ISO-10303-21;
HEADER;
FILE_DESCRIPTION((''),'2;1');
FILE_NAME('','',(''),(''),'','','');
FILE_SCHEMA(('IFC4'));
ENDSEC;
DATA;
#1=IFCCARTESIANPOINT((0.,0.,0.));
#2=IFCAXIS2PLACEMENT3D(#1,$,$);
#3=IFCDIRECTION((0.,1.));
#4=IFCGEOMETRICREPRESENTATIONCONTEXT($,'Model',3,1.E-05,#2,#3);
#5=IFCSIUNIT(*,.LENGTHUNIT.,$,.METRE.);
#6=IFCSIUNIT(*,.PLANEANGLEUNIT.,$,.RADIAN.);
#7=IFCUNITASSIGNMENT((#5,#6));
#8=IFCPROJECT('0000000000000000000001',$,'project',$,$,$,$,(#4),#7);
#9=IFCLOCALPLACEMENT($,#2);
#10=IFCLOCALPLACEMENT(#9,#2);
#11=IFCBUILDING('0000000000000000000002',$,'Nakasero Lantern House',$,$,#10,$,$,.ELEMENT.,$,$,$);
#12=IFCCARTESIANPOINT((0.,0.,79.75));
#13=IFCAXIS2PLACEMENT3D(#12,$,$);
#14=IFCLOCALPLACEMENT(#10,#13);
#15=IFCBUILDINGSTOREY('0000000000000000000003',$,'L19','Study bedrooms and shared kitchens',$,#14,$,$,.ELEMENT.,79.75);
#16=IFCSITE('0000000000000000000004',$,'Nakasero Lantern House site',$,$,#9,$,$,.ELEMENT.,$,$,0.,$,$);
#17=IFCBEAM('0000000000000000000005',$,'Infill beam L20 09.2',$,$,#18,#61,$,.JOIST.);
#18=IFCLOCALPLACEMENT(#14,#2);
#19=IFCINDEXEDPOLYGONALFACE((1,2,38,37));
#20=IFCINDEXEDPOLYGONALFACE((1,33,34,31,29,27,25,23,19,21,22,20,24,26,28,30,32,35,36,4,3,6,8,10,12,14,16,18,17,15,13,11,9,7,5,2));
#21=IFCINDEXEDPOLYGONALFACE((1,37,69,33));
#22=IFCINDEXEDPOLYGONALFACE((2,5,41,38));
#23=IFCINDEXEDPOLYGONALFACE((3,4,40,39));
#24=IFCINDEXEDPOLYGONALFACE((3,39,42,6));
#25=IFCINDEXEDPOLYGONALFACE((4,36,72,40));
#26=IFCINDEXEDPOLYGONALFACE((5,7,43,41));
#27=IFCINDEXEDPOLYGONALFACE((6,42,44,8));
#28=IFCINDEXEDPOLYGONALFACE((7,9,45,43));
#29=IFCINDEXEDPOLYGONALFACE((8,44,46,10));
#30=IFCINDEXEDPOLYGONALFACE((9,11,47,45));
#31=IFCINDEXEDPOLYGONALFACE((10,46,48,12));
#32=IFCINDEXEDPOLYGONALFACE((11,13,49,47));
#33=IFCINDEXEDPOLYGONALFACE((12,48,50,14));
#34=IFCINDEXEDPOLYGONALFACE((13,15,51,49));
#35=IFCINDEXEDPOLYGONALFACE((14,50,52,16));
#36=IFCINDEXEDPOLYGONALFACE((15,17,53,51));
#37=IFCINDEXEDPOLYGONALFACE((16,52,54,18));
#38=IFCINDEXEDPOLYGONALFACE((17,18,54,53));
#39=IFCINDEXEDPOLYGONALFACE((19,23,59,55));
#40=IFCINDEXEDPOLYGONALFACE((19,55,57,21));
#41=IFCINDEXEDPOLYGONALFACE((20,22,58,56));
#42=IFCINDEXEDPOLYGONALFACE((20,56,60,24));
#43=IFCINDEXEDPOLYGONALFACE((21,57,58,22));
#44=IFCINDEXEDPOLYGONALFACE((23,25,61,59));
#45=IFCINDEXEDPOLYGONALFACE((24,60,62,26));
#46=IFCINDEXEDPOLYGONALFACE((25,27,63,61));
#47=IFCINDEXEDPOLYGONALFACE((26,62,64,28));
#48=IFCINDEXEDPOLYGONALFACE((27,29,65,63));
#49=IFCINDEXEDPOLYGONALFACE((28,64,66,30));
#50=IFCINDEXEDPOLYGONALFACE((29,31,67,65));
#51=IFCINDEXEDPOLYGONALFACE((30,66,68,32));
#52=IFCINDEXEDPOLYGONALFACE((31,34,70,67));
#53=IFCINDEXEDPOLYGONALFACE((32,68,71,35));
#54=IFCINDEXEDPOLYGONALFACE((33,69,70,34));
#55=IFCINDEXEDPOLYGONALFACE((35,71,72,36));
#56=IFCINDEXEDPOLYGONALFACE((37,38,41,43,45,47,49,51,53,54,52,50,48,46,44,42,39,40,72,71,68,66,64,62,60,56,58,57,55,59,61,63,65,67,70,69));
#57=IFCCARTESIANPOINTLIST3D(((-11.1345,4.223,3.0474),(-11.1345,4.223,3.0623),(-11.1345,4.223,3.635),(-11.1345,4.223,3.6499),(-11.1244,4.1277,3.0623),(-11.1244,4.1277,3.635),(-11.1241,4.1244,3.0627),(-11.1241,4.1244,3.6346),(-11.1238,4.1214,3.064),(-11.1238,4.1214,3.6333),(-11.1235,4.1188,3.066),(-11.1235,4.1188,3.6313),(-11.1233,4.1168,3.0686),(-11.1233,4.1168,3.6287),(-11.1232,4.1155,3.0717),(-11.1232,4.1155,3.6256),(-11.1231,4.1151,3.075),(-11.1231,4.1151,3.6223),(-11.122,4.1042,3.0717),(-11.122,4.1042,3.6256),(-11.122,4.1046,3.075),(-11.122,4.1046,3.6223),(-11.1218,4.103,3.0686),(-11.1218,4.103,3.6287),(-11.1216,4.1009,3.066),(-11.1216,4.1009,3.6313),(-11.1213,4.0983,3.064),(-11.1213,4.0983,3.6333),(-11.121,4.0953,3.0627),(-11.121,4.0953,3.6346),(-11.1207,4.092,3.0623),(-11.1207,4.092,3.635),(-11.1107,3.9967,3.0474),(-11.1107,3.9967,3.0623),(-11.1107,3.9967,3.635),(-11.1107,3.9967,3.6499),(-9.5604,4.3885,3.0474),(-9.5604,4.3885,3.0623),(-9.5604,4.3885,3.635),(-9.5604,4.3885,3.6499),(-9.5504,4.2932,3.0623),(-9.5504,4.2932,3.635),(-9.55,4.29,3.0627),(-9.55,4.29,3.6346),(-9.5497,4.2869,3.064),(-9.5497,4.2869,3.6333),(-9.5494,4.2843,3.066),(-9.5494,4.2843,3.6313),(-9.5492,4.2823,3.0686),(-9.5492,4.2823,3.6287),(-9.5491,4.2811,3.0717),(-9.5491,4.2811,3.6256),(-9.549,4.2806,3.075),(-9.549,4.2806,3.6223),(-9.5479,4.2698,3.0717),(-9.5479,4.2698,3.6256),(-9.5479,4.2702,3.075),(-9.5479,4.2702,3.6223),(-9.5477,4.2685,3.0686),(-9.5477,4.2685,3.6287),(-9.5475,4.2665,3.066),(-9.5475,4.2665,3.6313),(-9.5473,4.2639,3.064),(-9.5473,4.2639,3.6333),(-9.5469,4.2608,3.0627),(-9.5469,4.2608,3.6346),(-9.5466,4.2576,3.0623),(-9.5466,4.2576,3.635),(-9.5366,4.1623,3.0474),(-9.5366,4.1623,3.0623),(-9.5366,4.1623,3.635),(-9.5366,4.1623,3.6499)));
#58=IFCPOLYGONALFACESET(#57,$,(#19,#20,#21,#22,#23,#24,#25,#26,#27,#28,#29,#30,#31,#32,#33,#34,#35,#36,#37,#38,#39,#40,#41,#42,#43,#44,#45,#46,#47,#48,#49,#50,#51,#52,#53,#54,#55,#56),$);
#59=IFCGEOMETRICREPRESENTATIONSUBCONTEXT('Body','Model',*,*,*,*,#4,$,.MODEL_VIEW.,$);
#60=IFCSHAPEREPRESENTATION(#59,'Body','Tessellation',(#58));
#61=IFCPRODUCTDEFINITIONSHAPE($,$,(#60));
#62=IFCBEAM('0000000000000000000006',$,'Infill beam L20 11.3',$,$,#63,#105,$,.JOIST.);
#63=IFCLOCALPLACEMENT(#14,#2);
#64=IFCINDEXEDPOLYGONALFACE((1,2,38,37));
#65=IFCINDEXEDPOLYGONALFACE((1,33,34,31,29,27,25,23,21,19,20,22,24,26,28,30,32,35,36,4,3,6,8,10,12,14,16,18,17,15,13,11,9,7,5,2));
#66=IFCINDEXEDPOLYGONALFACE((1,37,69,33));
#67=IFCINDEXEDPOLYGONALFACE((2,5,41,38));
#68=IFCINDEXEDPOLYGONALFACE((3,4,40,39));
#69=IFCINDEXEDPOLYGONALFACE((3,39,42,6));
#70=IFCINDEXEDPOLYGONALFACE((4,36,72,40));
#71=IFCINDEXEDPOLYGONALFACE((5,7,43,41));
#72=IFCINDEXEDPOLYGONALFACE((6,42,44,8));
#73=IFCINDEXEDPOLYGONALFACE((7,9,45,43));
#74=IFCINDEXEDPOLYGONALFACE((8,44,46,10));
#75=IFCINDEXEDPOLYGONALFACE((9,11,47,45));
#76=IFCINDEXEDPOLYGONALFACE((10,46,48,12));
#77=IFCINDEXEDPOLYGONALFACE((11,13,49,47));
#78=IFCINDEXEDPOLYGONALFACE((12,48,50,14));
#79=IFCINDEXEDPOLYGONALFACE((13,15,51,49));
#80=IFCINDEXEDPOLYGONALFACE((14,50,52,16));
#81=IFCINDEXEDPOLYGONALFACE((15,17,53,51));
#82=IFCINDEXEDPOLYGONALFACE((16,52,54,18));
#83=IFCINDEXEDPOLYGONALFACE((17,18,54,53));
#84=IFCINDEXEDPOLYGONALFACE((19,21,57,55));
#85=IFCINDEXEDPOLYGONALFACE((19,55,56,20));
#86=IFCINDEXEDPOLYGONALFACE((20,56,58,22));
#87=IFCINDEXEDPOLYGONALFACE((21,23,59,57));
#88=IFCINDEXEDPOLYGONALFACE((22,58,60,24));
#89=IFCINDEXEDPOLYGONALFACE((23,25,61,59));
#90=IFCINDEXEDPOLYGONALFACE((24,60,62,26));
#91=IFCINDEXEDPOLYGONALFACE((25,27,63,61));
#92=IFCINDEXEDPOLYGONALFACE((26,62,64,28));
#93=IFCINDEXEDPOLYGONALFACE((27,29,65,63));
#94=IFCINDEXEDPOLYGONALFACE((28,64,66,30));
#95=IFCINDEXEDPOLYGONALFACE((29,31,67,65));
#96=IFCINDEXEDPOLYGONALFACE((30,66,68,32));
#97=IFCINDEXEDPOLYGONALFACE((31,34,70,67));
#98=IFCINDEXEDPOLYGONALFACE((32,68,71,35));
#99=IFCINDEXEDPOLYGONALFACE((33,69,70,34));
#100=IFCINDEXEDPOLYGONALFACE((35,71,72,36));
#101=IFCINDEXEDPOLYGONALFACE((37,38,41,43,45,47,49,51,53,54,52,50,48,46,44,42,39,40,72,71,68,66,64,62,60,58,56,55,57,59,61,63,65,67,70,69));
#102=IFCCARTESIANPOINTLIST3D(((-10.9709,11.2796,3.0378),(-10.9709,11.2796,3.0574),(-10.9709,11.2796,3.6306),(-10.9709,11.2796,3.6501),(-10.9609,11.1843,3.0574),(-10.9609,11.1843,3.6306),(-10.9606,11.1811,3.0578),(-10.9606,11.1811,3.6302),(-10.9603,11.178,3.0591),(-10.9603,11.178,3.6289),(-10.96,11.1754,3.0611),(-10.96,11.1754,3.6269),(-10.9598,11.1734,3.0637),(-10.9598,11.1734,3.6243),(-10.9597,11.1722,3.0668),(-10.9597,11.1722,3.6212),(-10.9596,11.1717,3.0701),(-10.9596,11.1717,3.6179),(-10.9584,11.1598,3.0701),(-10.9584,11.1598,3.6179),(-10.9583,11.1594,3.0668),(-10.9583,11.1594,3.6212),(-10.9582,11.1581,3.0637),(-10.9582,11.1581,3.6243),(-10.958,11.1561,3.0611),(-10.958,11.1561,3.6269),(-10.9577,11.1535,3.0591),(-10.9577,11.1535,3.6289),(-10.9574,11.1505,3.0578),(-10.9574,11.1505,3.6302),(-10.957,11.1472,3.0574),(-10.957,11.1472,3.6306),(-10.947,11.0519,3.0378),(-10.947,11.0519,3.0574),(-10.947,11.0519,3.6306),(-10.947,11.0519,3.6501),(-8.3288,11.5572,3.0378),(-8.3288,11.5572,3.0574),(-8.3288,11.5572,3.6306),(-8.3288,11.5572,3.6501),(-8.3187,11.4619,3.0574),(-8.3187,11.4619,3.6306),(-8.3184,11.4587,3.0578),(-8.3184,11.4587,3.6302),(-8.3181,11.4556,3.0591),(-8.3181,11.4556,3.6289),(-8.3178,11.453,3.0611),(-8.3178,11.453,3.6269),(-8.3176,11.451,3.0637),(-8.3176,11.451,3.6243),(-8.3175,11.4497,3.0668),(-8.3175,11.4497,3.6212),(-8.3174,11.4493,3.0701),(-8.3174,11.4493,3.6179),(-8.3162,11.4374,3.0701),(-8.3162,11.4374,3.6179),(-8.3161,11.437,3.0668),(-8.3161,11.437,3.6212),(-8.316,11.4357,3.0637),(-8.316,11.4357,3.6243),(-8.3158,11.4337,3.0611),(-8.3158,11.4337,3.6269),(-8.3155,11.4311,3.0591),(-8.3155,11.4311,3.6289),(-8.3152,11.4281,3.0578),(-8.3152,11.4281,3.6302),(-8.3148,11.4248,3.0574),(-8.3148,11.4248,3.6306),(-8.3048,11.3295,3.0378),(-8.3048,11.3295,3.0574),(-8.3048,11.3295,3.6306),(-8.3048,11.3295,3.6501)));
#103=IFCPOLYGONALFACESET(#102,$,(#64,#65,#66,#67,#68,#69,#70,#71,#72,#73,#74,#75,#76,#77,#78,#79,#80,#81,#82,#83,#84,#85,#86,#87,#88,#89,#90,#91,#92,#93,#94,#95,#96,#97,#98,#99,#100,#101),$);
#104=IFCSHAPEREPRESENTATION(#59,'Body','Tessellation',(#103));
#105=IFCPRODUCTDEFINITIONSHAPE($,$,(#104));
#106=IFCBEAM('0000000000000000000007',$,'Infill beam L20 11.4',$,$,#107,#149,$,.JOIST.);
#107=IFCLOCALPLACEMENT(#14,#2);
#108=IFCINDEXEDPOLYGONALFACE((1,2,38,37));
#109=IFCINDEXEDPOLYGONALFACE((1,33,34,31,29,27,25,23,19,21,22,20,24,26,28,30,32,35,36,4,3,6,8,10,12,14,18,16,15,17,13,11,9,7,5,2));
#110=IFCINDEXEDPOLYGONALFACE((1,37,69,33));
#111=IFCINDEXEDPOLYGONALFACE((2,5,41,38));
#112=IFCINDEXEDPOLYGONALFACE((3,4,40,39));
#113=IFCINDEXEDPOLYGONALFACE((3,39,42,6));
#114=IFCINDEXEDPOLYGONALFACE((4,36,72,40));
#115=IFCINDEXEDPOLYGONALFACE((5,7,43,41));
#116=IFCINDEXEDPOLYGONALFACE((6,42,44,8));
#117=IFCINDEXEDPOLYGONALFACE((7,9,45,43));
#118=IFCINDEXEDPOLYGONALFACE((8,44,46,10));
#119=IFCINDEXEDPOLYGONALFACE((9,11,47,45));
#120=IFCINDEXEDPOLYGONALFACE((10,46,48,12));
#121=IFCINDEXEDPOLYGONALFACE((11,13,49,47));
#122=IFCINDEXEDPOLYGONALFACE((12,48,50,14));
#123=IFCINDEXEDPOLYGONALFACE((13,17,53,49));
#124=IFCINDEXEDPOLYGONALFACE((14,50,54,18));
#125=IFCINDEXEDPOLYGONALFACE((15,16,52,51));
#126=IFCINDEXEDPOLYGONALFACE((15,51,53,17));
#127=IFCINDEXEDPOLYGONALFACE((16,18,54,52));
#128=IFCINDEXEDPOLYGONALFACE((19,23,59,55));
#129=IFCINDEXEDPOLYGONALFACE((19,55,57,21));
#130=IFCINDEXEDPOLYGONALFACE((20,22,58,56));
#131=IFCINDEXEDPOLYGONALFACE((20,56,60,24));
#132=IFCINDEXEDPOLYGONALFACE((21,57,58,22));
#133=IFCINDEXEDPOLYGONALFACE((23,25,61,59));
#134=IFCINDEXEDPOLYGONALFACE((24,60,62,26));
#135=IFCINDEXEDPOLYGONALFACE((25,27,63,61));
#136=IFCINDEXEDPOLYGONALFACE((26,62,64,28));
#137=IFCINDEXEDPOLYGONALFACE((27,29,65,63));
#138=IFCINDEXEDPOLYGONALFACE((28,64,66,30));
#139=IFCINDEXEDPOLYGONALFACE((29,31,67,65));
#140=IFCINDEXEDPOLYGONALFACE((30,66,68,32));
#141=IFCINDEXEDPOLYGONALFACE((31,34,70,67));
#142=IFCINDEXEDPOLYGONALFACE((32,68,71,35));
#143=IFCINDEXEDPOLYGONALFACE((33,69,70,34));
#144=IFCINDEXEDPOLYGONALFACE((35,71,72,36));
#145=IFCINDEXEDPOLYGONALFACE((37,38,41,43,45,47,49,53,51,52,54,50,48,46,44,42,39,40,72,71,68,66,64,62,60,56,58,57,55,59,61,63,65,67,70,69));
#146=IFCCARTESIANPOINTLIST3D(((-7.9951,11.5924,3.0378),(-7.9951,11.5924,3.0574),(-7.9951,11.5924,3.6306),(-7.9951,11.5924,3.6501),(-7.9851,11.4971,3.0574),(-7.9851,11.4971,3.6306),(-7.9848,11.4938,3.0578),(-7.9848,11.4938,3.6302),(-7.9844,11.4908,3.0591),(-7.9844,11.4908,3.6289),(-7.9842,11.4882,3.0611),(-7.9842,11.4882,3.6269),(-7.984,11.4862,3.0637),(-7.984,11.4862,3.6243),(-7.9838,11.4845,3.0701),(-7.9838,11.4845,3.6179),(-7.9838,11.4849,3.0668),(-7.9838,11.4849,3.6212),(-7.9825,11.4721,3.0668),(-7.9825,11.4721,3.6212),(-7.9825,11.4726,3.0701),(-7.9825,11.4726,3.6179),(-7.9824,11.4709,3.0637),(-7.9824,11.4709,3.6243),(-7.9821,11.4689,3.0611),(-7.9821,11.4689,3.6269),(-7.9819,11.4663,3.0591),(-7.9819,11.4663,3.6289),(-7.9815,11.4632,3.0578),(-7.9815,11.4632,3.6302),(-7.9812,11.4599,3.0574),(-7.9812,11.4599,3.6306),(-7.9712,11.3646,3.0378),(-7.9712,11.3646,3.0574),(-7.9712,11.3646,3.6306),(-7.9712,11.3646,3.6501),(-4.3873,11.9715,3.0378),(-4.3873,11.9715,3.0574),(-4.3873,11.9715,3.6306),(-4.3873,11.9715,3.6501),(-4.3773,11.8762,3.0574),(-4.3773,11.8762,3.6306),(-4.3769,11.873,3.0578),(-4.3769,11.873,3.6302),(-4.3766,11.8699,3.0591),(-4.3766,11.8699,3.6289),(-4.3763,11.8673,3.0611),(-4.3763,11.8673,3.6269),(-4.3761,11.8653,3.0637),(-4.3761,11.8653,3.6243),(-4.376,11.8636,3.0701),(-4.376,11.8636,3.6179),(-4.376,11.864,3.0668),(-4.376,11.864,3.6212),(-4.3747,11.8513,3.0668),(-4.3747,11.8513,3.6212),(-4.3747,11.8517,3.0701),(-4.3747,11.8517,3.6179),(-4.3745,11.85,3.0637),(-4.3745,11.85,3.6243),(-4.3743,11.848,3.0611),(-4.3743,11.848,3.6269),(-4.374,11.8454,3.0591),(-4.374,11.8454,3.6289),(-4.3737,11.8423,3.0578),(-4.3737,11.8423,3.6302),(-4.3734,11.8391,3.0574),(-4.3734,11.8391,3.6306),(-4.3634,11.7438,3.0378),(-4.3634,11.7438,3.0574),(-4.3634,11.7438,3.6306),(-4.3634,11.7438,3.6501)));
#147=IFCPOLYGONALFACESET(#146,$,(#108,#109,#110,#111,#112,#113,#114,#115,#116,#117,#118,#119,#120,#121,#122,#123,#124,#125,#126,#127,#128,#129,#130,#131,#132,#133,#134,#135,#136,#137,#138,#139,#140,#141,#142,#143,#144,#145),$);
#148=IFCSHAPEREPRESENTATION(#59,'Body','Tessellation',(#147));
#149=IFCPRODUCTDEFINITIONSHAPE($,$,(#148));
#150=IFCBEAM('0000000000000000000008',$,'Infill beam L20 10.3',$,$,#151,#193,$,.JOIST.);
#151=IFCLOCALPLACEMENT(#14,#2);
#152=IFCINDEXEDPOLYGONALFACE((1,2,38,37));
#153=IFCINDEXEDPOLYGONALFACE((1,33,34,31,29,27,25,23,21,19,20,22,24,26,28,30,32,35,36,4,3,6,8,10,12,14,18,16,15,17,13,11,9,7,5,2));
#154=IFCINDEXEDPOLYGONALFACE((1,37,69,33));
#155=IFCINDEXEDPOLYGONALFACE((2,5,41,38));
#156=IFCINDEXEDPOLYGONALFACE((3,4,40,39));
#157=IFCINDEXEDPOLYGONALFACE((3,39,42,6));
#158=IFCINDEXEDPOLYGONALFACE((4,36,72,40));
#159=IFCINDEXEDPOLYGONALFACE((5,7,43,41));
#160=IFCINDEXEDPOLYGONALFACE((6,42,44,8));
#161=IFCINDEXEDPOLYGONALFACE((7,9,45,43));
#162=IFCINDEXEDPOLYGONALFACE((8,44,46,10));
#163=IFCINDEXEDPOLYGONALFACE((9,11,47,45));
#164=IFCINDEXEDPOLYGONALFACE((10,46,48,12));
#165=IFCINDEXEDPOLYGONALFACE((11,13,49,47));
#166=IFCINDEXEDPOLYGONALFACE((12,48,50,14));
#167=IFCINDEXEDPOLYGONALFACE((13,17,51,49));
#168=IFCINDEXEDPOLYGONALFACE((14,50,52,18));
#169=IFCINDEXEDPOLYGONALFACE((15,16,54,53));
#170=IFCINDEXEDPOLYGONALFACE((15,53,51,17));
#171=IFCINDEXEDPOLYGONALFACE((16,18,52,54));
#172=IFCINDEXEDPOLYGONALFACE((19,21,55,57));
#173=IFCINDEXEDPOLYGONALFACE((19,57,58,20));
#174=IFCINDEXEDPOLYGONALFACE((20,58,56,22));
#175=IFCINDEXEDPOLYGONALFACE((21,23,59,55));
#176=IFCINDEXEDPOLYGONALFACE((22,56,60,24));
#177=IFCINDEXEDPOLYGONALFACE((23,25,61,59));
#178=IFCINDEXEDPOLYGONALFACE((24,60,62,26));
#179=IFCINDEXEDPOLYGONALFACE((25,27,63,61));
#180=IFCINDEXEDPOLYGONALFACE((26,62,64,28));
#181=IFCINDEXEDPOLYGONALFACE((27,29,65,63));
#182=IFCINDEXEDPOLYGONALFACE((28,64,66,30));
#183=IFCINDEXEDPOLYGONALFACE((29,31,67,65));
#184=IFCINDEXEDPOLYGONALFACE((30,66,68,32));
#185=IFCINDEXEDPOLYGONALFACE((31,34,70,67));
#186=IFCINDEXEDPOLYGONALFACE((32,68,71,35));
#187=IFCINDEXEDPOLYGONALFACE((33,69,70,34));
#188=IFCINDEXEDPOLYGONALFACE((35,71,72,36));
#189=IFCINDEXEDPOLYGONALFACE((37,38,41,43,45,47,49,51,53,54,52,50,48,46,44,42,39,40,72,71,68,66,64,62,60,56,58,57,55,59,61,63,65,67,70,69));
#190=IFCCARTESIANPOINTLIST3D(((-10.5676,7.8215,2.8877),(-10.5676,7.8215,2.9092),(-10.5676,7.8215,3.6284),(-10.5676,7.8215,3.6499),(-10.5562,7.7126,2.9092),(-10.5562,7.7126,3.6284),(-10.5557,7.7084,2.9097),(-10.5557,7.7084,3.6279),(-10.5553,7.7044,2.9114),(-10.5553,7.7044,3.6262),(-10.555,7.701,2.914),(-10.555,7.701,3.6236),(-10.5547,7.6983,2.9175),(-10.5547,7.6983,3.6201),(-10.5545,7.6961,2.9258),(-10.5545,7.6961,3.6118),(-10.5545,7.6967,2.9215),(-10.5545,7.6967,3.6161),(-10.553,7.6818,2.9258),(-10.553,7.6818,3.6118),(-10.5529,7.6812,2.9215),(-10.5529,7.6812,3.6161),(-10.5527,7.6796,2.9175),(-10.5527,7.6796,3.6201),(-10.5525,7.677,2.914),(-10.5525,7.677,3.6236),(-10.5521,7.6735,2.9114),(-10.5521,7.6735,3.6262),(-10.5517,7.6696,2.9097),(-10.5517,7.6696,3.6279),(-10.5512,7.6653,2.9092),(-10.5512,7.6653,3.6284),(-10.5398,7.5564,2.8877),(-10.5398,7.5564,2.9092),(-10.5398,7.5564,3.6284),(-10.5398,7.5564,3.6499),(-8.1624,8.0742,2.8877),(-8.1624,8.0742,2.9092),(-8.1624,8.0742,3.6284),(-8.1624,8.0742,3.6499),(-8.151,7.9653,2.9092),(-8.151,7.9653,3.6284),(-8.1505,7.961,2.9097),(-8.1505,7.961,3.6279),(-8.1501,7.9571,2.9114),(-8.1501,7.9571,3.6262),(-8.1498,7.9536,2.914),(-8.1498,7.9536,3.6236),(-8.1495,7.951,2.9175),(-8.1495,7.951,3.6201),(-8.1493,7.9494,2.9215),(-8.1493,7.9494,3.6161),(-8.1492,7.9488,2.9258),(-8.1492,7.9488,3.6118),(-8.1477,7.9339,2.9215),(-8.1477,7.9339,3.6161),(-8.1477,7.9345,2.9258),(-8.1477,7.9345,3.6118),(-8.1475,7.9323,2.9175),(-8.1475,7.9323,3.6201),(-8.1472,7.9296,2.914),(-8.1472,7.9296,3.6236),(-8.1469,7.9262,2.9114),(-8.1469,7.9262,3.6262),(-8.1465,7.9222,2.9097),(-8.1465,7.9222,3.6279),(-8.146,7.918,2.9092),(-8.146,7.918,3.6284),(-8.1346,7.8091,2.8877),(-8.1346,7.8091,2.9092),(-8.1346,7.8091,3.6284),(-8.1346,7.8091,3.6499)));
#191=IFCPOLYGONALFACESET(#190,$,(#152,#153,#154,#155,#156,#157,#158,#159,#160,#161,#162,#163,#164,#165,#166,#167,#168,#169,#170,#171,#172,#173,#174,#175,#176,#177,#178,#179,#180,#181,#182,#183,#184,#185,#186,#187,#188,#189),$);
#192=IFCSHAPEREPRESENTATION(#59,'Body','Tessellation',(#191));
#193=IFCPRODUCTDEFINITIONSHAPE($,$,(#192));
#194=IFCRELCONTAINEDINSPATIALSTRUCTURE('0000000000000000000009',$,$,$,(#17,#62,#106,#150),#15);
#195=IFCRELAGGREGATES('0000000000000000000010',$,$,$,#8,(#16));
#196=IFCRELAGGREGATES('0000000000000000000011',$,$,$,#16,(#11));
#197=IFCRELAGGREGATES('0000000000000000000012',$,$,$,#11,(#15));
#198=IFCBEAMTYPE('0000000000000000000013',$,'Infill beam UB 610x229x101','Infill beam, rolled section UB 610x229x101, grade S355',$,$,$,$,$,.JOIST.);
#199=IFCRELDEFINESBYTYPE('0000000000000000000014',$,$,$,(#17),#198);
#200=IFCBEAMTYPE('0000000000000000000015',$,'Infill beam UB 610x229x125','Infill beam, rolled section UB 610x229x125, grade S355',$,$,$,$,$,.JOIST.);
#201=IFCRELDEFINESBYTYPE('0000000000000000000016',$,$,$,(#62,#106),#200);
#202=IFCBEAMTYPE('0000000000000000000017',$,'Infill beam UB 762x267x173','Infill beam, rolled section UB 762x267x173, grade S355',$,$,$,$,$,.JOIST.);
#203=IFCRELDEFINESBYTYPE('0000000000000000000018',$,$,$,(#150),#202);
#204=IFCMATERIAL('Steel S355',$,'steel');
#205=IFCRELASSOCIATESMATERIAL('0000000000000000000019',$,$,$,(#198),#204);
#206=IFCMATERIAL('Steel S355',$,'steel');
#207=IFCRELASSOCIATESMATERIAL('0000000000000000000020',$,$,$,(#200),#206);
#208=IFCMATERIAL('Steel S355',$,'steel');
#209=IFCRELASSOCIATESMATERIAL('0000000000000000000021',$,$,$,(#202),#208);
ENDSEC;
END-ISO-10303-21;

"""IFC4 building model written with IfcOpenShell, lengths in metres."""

from ifc_helpers import new_model, si_unit, direction, frame, origin, origin_2d, place, context, subcontext, project, spatial, i_section, extrude, material, material_profile, profile_set, type_object, element, save


model = new_model("IFC4")

# Units and contexts
model_context = context("Model", 3, precision=1e-05, world=origin(), true_north=direction((0.0, 1.0)))
body_context = subcontext(model_context, "Body", "Model", "MODEL_VIEW")
ifc_project = project(units=[si_unit("LENGTHUNIT", "METRE"), si_unit("PLANEANGLEUNIT", "RADIAN")], contexts=[model_context])

# Site, building, storey
site_placement = place(None, origin())
site = spatial("IfcSite", under=ifc_project, at=site_placement, Name="Nakasero Lantern House site", CompositionType="ELEMENT", RefElevation=0.0)
building_placement = place(site_placement, origin())
building = spatial("IfcBuilding", under=site, at=building_placement, Name="Nakasero Lantern House", CompositionType="ELEMENT")
storey_placement = place(building_placement, frame((0.0, 0.0, 79.75)))
storey = spatial("IfcBuildingStorey", under=building, at=storey_placement, Name="L19", Description="Study bedrooms and shared kitchens", CompositionType="ELEMENT", Elevation=79.75)

# Beams
ifc_material_1 = material(Name="Steel S355", Category="steel")
ifc_material_profile_1 = material_profile(ifc_material_1, i_section(OverallWidth=0.2275, OverallDepth=0.6025, WebThickness=0.0105, FlangeThickness=0.0149, FilletRadius=0.0127, at=origin_2d()), Name="UB 610x229x101")
ifc_profile_set_1 = profile_set([ifc_material_profile_1], Name="Steel S355")
beam_type_1 = type_object("IfcBeamType", Name="Infill beam UB 610x229x101", Description="Infill beam, rolled section UB 610x229x101, grade S355", PredefinedType="JOIST", material=ifc_profile_set_1)
beam_1_placement = place(storey_placement, frame((-11.1226, 4.1099, 3.3486), z_axis=(0.994516, 0.104588, 0.0), x_axis=(-0.104588, 0.994516, 0.0)))
element("IfcBeam", 1, at=beam_1_placement, inside=storey, type_object=beam_type_1, Name="Infill beam L20 09.2", PredefinedType="JOIST", context=body_context, shape_type="SweptSolid", body=[
    extrude(i_section(OverallWidth=0.2275, OverallDepth=0.6025, WebThickness=0.0105, FlangeThickness=0.0149, FilletRadius=0.0127, at=origin_2d()), origin(), (0.0, 0.0, 1.0), 1.5828),
])
ifc_material_2 = material(Name="Steel S355", Category="steel")
ifc_material_profile_2 = material_profile(ifc_material_2, i_section(OverallWidth=0.229, OverallDepth=0.6123, WebThickness=0.012, FlangeThickness=0.0195, FilletRadius=0.0127, at=origin_2d()), Name="UB 610x229x125")
ifc_profile_set_2 = profile_set([ifc_material_profile_2], Name="Steel S355")
beam_type_2 = type_object("IfcBeamType", Name="Infill beam UB 610x229x125", Description="Infill beam, rolled section UB 610x229x125, grade S355", PredefinedType="JOIST", material=ifc_profile_set_2)
beam_2_placement = place(storey_placement, frame((-10.959, 11.1658, 3.344), z_axis=(0.994526, 0.104489, 0.0), x_axis=(-0.104489, 0.994526, 0.0)))
element("IfcBeam", 2, at=beam_2_placement, inside=storey, type_object=beam_type_2, Name="Infill beam L20 11.3", PredefinedType="JOIST", context=body_context, shape_type="SweptSolid", body=[
    extrude(i_section(OverallWidth=0.229, OverallDepth=0.6123, WebThickness=0.012, FlangeThickness=0.0195, FilletRadius=0.0127, at=origin_2d()), origin(), (0.0, 0.0, 1.0), 2.6567),
])
beam_3_placement = place(storey_placement, frame((-7.9832, 11.4785, 3.344), z_axis=(0.994524, 0.104513, 0.0), x_axis=(-0.104513, 0.994524, 0.0)))
element("IfcBeam", 3, at=beam_3_placement, inside=storey, type_object=beam_type_2, Name="Infill beam L20 11.4", PredefinedType="JOIST", context=body_context, shape_type="SweptSolid", body=[
    extrude(i_section(OverallWidth=0.229, OverallDepth=0.6123, WebThickness=0.012, FlangeThickness=0.0195, FilletRadius=0.0127, at=origin_2d()), origin(), (0.0, 0.0, 1.0), 3.6277),
])
ifc_material_3 = material(Name="Steel S355", Category="steel")
ifc_material_profile_3 = material_profile(ifc_material_3, i_section(OverallWidth=0.2666, OverallDepth=0.7622, WebThickness=0.0144, FlangeThickness=0.0215, FilletRadius=0.0166, at=origin_2d()), Name="UB 762x267x173")
ifc_profile_set_3 = profile_set([ifc_material_profile_3], Name="Steel S355")
beam_type_3 = type_object("IfcBeamType", Name="Infill beam UB 762x267x173", Description="Infill beam, rolled section UB 762x267x173, grade S355", PredefinedType="JOIST", material=ifc_profile_set_3)
beam_4_placement = place(storey_placement, frame((-10.5537, 7.689, 3.2688), z_axis=(0.994527, 0.10448, 0.0), x_axis=(-0.10448, 0.994527, 0.0)))
element("IfcBeam", 4, at=beam_4_placement, inside=storey, type_object=beam_type_3, Name="Infill beam L20 10.3", PredefinedType="JOIST", context=body_context, shape_type="SweptSolid", body=[
    extrude(i_section(OverallWidth=0.2666, OverallDepth=0.7622, WebThickness=0.0144, FlangeThickness=0.0215, FilletRadius=0.0166, at=origin_2d()), origin(), (0.0, 0.0, 1.0), 2.4185),
])

save(model, "model.ifc")
